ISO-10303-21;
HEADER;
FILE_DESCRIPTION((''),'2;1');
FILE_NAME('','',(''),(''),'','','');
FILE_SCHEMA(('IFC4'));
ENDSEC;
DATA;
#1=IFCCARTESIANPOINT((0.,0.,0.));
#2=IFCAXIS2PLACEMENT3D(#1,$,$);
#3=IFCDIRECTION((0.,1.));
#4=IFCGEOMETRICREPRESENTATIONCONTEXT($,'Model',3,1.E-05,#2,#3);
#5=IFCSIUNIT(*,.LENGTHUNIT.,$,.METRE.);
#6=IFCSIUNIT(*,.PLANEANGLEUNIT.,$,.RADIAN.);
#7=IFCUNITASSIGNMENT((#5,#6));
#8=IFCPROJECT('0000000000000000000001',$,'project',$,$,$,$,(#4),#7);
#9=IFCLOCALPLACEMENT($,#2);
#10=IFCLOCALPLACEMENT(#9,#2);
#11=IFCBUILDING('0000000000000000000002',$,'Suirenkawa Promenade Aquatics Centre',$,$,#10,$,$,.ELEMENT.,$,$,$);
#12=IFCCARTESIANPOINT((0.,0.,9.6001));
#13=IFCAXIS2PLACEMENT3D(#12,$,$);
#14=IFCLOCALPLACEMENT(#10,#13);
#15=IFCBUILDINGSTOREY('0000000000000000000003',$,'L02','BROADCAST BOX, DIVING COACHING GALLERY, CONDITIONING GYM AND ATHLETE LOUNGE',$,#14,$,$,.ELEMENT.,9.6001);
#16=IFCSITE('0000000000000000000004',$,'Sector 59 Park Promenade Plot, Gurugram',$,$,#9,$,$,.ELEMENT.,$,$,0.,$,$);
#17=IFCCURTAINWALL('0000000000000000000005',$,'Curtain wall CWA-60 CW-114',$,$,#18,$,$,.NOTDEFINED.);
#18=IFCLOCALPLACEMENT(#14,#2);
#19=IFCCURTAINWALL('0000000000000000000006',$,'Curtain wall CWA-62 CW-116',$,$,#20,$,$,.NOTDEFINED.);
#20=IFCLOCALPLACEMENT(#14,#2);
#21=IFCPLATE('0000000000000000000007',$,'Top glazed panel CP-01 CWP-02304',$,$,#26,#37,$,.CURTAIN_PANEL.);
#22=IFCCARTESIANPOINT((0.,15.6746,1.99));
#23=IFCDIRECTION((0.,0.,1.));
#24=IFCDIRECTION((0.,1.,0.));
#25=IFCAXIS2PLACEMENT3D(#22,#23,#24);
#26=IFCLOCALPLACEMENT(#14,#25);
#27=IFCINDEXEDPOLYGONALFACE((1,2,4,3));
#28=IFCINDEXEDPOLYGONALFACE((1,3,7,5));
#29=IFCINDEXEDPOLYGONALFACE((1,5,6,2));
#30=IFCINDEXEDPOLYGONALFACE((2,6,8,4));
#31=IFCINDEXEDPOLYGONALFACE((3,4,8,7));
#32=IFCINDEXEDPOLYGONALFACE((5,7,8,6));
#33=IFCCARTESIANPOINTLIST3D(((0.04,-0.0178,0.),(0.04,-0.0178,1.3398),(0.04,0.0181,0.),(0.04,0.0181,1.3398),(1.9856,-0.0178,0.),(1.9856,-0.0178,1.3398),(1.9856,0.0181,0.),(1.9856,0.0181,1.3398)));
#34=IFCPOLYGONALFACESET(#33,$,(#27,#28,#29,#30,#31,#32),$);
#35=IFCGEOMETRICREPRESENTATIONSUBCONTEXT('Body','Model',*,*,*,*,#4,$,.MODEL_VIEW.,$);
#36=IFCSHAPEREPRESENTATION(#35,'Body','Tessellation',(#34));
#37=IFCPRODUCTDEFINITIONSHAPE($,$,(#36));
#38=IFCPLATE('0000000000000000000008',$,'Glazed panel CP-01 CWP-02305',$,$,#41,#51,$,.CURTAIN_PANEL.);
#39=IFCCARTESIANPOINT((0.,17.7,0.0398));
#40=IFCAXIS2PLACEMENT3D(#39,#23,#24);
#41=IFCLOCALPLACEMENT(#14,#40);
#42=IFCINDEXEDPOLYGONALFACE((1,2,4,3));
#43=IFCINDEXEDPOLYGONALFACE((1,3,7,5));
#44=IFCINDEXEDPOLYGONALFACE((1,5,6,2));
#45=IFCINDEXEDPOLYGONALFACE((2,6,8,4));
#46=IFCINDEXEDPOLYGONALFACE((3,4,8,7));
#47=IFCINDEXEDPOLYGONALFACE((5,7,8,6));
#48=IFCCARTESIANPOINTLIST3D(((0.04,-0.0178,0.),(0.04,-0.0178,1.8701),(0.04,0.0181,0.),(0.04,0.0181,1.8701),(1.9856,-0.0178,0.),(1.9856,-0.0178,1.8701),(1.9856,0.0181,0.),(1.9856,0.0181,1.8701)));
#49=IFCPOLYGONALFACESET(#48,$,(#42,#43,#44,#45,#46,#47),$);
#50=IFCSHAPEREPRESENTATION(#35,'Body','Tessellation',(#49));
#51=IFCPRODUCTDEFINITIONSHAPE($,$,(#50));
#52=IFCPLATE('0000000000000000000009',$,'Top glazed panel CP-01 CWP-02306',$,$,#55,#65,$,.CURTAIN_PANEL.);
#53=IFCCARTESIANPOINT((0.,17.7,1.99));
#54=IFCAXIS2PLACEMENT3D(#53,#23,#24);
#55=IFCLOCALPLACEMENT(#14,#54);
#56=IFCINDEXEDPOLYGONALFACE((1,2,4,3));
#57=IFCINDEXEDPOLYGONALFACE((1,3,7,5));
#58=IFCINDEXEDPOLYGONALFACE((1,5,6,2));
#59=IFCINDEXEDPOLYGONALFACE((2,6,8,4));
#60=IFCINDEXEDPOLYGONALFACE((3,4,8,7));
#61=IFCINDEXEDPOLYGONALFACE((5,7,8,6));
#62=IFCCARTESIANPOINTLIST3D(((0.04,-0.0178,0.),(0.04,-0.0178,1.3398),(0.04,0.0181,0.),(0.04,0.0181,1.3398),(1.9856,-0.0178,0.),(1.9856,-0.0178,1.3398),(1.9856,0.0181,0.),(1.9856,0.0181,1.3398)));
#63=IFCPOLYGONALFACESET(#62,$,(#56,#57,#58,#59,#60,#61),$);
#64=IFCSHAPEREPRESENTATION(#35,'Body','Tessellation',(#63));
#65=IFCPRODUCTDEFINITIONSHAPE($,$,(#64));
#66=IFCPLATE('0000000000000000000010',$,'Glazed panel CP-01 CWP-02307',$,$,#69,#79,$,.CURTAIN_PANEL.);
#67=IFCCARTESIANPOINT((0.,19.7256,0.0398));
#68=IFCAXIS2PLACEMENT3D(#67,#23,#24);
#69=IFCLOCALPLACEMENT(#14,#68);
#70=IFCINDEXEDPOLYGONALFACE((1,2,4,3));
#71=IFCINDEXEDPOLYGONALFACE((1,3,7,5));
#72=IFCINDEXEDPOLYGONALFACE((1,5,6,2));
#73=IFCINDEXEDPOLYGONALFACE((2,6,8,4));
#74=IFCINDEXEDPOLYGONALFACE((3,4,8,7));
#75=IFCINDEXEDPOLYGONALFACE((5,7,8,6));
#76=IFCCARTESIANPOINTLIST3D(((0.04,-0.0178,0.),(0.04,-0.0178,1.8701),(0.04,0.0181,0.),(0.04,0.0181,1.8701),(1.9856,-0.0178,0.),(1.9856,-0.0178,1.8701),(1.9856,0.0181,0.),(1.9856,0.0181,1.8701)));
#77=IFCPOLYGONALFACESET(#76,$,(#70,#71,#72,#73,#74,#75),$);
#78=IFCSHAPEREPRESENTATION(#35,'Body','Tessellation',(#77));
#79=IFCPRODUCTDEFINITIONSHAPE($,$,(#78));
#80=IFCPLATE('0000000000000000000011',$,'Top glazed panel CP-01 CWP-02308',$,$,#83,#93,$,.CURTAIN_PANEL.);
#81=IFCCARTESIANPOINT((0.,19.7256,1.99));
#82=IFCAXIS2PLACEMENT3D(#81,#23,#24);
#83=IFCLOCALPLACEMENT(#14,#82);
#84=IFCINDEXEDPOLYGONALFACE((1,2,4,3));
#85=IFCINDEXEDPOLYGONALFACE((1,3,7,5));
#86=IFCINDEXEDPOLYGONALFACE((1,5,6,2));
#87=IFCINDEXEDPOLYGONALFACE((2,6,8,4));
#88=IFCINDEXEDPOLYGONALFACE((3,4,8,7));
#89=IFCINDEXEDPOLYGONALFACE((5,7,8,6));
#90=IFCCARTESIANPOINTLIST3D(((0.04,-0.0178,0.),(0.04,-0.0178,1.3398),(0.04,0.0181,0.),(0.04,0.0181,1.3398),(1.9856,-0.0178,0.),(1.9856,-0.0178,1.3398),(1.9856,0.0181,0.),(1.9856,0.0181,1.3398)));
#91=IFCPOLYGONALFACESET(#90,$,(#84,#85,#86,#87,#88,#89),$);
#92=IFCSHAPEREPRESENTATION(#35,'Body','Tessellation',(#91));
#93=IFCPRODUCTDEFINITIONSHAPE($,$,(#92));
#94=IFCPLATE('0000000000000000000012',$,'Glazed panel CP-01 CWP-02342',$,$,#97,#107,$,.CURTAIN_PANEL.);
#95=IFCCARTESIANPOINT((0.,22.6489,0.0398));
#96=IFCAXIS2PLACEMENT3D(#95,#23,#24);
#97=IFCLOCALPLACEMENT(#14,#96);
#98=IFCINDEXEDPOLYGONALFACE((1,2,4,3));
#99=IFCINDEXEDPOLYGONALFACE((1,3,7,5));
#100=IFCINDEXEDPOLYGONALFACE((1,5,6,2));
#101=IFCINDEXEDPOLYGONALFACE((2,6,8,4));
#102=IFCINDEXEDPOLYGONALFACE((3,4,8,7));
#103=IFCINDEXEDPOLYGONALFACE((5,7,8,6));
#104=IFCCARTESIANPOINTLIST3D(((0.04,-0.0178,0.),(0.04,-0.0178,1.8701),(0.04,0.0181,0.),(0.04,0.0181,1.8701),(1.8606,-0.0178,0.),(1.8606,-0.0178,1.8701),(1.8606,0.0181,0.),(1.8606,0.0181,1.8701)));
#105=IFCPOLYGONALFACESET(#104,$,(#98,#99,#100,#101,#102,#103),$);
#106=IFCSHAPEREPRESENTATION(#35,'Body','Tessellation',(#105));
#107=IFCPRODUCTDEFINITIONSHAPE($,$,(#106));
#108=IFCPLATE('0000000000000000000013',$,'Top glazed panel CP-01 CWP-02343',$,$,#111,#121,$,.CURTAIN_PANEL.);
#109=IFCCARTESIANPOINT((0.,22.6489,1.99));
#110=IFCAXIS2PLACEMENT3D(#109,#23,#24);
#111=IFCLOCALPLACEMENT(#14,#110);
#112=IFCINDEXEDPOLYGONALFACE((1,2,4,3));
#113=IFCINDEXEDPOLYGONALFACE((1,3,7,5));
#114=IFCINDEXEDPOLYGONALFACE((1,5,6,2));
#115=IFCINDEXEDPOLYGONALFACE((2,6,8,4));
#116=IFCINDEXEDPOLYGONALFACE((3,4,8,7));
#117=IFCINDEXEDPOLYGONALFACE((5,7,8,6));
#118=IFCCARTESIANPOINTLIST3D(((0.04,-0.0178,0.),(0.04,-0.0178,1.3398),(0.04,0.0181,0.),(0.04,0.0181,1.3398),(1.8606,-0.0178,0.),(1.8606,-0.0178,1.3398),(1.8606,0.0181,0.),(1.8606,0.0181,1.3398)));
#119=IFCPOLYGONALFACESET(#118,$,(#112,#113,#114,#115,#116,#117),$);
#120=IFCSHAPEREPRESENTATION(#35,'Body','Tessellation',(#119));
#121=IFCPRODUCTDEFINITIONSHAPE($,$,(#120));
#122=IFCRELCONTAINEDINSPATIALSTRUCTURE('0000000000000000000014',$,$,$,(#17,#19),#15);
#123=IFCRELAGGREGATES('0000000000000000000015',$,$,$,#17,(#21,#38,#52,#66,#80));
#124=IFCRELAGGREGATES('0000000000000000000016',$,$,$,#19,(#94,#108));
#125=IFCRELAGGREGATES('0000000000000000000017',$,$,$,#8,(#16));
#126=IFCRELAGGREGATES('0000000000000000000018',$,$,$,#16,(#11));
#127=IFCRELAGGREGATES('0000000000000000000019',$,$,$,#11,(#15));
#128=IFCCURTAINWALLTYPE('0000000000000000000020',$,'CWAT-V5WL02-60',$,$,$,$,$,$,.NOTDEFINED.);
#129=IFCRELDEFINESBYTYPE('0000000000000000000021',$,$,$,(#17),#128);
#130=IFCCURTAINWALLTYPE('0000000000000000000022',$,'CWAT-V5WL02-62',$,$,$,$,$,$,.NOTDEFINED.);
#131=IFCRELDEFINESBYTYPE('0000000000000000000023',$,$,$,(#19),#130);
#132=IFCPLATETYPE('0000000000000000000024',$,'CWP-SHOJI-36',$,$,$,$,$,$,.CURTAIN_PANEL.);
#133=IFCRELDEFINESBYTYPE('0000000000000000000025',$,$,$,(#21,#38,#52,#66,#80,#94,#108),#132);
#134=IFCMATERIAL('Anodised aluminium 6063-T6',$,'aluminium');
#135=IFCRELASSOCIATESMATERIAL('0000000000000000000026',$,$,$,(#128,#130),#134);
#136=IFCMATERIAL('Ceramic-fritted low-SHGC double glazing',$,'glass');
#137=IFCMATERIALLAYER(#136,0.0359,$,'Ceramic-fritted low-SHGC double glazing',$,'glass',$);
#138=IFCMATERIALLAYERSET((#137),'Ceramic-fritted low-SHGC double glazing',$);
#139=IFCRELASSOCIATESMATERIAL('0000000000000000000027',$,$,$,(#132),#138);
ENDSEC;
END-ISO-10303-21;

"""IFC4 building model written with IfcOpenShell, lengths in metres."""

from ifc_helpers import new_model, si_unit, direction, frame, origin, place, context, subcontext, project, spatial, polyline, outline, extrude, material, layer, layer_set, type_object, element, aggregate, save


model = new_model("IFC4")

# Units and contexts
model_context = context("Model", 3, precision=1e-05, world=origin(), true_north=direction((0.0, 1.0)))
body_context = subcontext(model_context, "Body", "Model", "MODEL_VIEW")
ifc_project = project(units=[si_unit("LENGTHUNIT", "METRE"), si_unit("PLANEANGLEUNIT", "RADIAN")], contexts=[model_context])

# Site, building, storey
site_placement = place(None, origin())
site = spatial("IfcSite", under=ifc_project, at=site_placement, Name="Sector 59 Park Promenade Plot, Gurugram", CompositionType="ELEMENT", RefElevation=0.0)
building_placement = place(site_placement, origin())
building = spatial("IfcBuilding", under=site, at=building_placement, Name="Suirenkawa Promenade Aquatics Centre", CompositionType="ELEMENT")
storey_placement = place(building_placement, frame((0.0, 0.0, 9.6001)))
storey = spatial("IfcBuildingStorey", under=building, at=storey_placement, Name="L02", Description="BROADCAST BOX, DIVING COACHING GALLERY, CONDITIONING GYM AND ATHLETE LOUNGE", CompositionType="ELEMENT", Elevation=9.6001)

# Curtain walls
ifc_material_1 = material(Name="Anodised aluminium 6063-T6", Category="aluminium")
curtain_wall_type_1 = type_object("IfcCurtainWallType", Name="CWAT-V5WL02-60", PredefinedType="NOTDEFINED", material=ifc_material_1)
curtain_wall_1_placement = place(storey_placement, origin())
curtain_wall_1 = element("IfcCurtainWall", 1, at=curtain_wall_1_placement, inside=storey, type_object=curtain_wall_type_1, Name="Curtain wall CWA-60 CW-114", PredefinedType="NOTDEFINED")
curtain_wall_type_2 = type_object("IfcCurtainWallType", Name="CWAT-V5WL02-62", PredefinedType="NOTDEFINED", material=ifc_material_1)
curtain_wall_2_placement = place(storey_placement, origin())
curtain_wall_2 = element("IfcCurtainWall", 2, at=curtain_wall_2_placement, inside=storey, type_object=curtain_wall_type_2, Name="Curtain wall CWA-62 CW-116", PredefinedType="NOTDEFINED")

# Plates
ifc_material_2 = material(Name="Ceramic-fritted low-SHGC double glazing", Category="glass")
ifc_layer_1 = layer(ifc_material_2, 0.0359, Name="Ceramic-fritted low-SHGC double glazing", Category="glass")
ifc_layer_set_1 = layer_set([ifc_layer_1], Name="Ceramic-fritted low-SHGC double glazing")
plate_type = type_object("IfcPlateType", Name="CWP-SHOJI-36", PredefinedType="CURTAIN_PANEL", material=ifc_layer_set_1)
plate_1_placement = place(storey_placement, frame((0.0, 15.6746, 1.99), z_axis=(0.0, 0.0, 1.0), x_axis=(0.0, 1.0, 0.0)))
plate_1 = element("IfcPlate", 3, at=plate_1_placement, type_object=plate_type, Name="Top glazed panel CP-01 CWP-02304", PredefinedType="CURTAIN_PANEL", context=body_context, shape_type="SweptSolid", body=[
    extrude(outline(polyline([(0.04, 0.0), (1.9856, 0.0), (1.9856, 1.3398), (0.04, 1.3398), (0.04, 0.0)])), frame((0.0, 0.0181, 0.0), z_axis=(0.0, -1.0, 0.0), x_axis=(1.0, 0.0, 0.0)), (0.0, 0.0, 1.0), 0.0359),
])
plate_2_placement = place(storey_placement, frame((0.0, 17.7, 0.0398), z_axis=(0.0, 0.0, 1.0), x_axis=(0.0, 1.0, 0.0)))
plate_2 = element("IfcPlate", 4, at=plate_2_placement, type_object=plate_type, Name="Glazed panel CP-01 CWP-02305", PredefinedType="CURTAIN_PANEL", context=body_context, shape_type="SweptSolid", body=[
    extrude(outline(polyline([(0.04, 0.0), (1.9856, 0.0), (1.9856, 1.8701), (0.04, 1.8701), (0.04, 0.0)])), frame((0.0, 0.0181, 0.0), z_axis=(0.0, -1.0, 0.0), x_axis=(1.0, 0.0, 0.0)), (0.0, 0.0, 1.0), 0.0359),
])
plate_3_placement = place(storey_placement, frame((0.0, 17.7, 1.99), z_axis=(0.0, 0.0, 1.0), x_axis=(0.0, 1.0, 0.0)))
plate_3 = element("IfcPlate", 5, at=plate_3_placement, type_object=plate_type, Name="Top glazed panel CP-01 CWP-02306", PredefinedType="CURTAIN_PANEL", context=body_context, shape_type="SweptSolid", body=[
    extrude(outline(polyline([(0.04, 0.0), (1.9856, 0.0), (1.9856, 1.3398), (0.04, 1.3398), (0.04, 0.0)])), frame((0.0, 0.0181, 0.0), z_axis=(0.0, -1.0, 0.0), x_axis=(1.0, 0.0, 0.0)), (0.0, 0.0, 1.0), 0.0359),
])
plate_4_placement = place(storey_placement, frame((0.0, 19.7256, 0.0398), z_axis=(0.0, 0.0, 1.0), x_axis=(0.0, 1.0, 0.0)))
plate_4 = element("IfcPlate", 6, at=plate_4_placement, type_object=plate_type, Name="Glazed panel CP-01 CWP-02307", PredefinedType="CURTAIN_PANEL", context=body_context, shape_type="SweptSolid", body=[
    extrude(outline(polyline([(0.04, 0.0), (1.9856, 0.0), (1.9856, 1.8701), (0.04, 1.8701), (0.04, 0.0)])), frame((0.0, 0.0181, 0.0), z_axis=(0.0, -1.0, 0.0), x_axis=(1.0, 0.0, 0.0)), (0.0, 0.0, 1.0), 0.0359),
])
plate_5_placement = place(storey_placement, frame((0.0, 19.7256, 1.99), z_axis=(0.0, 0.0, 1.0), x_axis=(0.0, 1.0, 0.0)))
plate_5 = element("IfcPlate", 7, at=plate_5_placement, type_object=plate_type, Name="Top glazed panel CP-01 CWP-02308", PredefinedType="CURTAIN_PANEL", context=body_context, shape_type="SweptSolid", body=[
    extrude(outline(polyline([(0.04, 0.0), (1.9856, 0.0), (1.9856, 1.3398), (0.04, 1.3398), (0.04, 0.0)])), frame((0.0, 0.0181, 0.0), z_axis=(0.0, -1.0, 0.0), x_axis=(1.0, 0.0, 0.0)), (0.0, 0.0, 1.0), 0.0359),
])
aggregate(curtain_wall_1, [plate_1, plate_2, plate_3, plate_4, plate_5])
plate_6_placement = place(storey_placement, frame((0.0, 22.6489, 0.0398), z_axis=(0.0, 0.0, 1.0), x_axis=(0.0, 1.0, 0.0)))
plate_6 = element("IfcPlate", 8, at=plate_6_placement, type_object=plate_type, Name="Glazed panel CP-01 CWP-02342", PredefinedType="CURTAIN_PANEL", context=body_context, shape_type="SweptSolid", body=[
    extrude(outline(polyline([(0.04, 0.0), (1.8606, 0.0), (1.8606, 1.8701), (0.04, 1.8701), (0.04, 0.0)])), frame((0.0, 0.0181, 0.0), z_axis=(0.0, -1.0, 0.0), x_axis=(1.0, 0.0, 0.0)), (0.0, 0.0, 1.0), 0.0359),
])
plate_7_placement = place(storey_placement, frame((0.0, 22.6489, 1.99), z_axis=(0.0, 0.0, 1.0), x_axis=(0.0, 1.0, 0.0)))
plate_7 = element("IfcPlate", 9, at=plate_7_placement, type_object=plate_type, Name="Top glazed panel CP-01 CWP-02343", PredefinedType="CURTAIN_PANEL", context=body_context, shape_type="SweptSolid", body=[
    extrude(outline(polyline([(0.04, 0.0), (1.8606, 0.0), (1.8606, 1.3398), (0.04, 1.3398), (0.04, 0.0)])), frame((0.0, 0.0181, 0.0), z_axis=(0.0, -1.0, 0.0), x_axis=(1.0, 0.0, 0.0)), (0.0, 0.0, 1.0), 0.0359),
])
aggregate(curtain_wall_2, [plate_6, plate_7])

save(model, "model.ifc")
